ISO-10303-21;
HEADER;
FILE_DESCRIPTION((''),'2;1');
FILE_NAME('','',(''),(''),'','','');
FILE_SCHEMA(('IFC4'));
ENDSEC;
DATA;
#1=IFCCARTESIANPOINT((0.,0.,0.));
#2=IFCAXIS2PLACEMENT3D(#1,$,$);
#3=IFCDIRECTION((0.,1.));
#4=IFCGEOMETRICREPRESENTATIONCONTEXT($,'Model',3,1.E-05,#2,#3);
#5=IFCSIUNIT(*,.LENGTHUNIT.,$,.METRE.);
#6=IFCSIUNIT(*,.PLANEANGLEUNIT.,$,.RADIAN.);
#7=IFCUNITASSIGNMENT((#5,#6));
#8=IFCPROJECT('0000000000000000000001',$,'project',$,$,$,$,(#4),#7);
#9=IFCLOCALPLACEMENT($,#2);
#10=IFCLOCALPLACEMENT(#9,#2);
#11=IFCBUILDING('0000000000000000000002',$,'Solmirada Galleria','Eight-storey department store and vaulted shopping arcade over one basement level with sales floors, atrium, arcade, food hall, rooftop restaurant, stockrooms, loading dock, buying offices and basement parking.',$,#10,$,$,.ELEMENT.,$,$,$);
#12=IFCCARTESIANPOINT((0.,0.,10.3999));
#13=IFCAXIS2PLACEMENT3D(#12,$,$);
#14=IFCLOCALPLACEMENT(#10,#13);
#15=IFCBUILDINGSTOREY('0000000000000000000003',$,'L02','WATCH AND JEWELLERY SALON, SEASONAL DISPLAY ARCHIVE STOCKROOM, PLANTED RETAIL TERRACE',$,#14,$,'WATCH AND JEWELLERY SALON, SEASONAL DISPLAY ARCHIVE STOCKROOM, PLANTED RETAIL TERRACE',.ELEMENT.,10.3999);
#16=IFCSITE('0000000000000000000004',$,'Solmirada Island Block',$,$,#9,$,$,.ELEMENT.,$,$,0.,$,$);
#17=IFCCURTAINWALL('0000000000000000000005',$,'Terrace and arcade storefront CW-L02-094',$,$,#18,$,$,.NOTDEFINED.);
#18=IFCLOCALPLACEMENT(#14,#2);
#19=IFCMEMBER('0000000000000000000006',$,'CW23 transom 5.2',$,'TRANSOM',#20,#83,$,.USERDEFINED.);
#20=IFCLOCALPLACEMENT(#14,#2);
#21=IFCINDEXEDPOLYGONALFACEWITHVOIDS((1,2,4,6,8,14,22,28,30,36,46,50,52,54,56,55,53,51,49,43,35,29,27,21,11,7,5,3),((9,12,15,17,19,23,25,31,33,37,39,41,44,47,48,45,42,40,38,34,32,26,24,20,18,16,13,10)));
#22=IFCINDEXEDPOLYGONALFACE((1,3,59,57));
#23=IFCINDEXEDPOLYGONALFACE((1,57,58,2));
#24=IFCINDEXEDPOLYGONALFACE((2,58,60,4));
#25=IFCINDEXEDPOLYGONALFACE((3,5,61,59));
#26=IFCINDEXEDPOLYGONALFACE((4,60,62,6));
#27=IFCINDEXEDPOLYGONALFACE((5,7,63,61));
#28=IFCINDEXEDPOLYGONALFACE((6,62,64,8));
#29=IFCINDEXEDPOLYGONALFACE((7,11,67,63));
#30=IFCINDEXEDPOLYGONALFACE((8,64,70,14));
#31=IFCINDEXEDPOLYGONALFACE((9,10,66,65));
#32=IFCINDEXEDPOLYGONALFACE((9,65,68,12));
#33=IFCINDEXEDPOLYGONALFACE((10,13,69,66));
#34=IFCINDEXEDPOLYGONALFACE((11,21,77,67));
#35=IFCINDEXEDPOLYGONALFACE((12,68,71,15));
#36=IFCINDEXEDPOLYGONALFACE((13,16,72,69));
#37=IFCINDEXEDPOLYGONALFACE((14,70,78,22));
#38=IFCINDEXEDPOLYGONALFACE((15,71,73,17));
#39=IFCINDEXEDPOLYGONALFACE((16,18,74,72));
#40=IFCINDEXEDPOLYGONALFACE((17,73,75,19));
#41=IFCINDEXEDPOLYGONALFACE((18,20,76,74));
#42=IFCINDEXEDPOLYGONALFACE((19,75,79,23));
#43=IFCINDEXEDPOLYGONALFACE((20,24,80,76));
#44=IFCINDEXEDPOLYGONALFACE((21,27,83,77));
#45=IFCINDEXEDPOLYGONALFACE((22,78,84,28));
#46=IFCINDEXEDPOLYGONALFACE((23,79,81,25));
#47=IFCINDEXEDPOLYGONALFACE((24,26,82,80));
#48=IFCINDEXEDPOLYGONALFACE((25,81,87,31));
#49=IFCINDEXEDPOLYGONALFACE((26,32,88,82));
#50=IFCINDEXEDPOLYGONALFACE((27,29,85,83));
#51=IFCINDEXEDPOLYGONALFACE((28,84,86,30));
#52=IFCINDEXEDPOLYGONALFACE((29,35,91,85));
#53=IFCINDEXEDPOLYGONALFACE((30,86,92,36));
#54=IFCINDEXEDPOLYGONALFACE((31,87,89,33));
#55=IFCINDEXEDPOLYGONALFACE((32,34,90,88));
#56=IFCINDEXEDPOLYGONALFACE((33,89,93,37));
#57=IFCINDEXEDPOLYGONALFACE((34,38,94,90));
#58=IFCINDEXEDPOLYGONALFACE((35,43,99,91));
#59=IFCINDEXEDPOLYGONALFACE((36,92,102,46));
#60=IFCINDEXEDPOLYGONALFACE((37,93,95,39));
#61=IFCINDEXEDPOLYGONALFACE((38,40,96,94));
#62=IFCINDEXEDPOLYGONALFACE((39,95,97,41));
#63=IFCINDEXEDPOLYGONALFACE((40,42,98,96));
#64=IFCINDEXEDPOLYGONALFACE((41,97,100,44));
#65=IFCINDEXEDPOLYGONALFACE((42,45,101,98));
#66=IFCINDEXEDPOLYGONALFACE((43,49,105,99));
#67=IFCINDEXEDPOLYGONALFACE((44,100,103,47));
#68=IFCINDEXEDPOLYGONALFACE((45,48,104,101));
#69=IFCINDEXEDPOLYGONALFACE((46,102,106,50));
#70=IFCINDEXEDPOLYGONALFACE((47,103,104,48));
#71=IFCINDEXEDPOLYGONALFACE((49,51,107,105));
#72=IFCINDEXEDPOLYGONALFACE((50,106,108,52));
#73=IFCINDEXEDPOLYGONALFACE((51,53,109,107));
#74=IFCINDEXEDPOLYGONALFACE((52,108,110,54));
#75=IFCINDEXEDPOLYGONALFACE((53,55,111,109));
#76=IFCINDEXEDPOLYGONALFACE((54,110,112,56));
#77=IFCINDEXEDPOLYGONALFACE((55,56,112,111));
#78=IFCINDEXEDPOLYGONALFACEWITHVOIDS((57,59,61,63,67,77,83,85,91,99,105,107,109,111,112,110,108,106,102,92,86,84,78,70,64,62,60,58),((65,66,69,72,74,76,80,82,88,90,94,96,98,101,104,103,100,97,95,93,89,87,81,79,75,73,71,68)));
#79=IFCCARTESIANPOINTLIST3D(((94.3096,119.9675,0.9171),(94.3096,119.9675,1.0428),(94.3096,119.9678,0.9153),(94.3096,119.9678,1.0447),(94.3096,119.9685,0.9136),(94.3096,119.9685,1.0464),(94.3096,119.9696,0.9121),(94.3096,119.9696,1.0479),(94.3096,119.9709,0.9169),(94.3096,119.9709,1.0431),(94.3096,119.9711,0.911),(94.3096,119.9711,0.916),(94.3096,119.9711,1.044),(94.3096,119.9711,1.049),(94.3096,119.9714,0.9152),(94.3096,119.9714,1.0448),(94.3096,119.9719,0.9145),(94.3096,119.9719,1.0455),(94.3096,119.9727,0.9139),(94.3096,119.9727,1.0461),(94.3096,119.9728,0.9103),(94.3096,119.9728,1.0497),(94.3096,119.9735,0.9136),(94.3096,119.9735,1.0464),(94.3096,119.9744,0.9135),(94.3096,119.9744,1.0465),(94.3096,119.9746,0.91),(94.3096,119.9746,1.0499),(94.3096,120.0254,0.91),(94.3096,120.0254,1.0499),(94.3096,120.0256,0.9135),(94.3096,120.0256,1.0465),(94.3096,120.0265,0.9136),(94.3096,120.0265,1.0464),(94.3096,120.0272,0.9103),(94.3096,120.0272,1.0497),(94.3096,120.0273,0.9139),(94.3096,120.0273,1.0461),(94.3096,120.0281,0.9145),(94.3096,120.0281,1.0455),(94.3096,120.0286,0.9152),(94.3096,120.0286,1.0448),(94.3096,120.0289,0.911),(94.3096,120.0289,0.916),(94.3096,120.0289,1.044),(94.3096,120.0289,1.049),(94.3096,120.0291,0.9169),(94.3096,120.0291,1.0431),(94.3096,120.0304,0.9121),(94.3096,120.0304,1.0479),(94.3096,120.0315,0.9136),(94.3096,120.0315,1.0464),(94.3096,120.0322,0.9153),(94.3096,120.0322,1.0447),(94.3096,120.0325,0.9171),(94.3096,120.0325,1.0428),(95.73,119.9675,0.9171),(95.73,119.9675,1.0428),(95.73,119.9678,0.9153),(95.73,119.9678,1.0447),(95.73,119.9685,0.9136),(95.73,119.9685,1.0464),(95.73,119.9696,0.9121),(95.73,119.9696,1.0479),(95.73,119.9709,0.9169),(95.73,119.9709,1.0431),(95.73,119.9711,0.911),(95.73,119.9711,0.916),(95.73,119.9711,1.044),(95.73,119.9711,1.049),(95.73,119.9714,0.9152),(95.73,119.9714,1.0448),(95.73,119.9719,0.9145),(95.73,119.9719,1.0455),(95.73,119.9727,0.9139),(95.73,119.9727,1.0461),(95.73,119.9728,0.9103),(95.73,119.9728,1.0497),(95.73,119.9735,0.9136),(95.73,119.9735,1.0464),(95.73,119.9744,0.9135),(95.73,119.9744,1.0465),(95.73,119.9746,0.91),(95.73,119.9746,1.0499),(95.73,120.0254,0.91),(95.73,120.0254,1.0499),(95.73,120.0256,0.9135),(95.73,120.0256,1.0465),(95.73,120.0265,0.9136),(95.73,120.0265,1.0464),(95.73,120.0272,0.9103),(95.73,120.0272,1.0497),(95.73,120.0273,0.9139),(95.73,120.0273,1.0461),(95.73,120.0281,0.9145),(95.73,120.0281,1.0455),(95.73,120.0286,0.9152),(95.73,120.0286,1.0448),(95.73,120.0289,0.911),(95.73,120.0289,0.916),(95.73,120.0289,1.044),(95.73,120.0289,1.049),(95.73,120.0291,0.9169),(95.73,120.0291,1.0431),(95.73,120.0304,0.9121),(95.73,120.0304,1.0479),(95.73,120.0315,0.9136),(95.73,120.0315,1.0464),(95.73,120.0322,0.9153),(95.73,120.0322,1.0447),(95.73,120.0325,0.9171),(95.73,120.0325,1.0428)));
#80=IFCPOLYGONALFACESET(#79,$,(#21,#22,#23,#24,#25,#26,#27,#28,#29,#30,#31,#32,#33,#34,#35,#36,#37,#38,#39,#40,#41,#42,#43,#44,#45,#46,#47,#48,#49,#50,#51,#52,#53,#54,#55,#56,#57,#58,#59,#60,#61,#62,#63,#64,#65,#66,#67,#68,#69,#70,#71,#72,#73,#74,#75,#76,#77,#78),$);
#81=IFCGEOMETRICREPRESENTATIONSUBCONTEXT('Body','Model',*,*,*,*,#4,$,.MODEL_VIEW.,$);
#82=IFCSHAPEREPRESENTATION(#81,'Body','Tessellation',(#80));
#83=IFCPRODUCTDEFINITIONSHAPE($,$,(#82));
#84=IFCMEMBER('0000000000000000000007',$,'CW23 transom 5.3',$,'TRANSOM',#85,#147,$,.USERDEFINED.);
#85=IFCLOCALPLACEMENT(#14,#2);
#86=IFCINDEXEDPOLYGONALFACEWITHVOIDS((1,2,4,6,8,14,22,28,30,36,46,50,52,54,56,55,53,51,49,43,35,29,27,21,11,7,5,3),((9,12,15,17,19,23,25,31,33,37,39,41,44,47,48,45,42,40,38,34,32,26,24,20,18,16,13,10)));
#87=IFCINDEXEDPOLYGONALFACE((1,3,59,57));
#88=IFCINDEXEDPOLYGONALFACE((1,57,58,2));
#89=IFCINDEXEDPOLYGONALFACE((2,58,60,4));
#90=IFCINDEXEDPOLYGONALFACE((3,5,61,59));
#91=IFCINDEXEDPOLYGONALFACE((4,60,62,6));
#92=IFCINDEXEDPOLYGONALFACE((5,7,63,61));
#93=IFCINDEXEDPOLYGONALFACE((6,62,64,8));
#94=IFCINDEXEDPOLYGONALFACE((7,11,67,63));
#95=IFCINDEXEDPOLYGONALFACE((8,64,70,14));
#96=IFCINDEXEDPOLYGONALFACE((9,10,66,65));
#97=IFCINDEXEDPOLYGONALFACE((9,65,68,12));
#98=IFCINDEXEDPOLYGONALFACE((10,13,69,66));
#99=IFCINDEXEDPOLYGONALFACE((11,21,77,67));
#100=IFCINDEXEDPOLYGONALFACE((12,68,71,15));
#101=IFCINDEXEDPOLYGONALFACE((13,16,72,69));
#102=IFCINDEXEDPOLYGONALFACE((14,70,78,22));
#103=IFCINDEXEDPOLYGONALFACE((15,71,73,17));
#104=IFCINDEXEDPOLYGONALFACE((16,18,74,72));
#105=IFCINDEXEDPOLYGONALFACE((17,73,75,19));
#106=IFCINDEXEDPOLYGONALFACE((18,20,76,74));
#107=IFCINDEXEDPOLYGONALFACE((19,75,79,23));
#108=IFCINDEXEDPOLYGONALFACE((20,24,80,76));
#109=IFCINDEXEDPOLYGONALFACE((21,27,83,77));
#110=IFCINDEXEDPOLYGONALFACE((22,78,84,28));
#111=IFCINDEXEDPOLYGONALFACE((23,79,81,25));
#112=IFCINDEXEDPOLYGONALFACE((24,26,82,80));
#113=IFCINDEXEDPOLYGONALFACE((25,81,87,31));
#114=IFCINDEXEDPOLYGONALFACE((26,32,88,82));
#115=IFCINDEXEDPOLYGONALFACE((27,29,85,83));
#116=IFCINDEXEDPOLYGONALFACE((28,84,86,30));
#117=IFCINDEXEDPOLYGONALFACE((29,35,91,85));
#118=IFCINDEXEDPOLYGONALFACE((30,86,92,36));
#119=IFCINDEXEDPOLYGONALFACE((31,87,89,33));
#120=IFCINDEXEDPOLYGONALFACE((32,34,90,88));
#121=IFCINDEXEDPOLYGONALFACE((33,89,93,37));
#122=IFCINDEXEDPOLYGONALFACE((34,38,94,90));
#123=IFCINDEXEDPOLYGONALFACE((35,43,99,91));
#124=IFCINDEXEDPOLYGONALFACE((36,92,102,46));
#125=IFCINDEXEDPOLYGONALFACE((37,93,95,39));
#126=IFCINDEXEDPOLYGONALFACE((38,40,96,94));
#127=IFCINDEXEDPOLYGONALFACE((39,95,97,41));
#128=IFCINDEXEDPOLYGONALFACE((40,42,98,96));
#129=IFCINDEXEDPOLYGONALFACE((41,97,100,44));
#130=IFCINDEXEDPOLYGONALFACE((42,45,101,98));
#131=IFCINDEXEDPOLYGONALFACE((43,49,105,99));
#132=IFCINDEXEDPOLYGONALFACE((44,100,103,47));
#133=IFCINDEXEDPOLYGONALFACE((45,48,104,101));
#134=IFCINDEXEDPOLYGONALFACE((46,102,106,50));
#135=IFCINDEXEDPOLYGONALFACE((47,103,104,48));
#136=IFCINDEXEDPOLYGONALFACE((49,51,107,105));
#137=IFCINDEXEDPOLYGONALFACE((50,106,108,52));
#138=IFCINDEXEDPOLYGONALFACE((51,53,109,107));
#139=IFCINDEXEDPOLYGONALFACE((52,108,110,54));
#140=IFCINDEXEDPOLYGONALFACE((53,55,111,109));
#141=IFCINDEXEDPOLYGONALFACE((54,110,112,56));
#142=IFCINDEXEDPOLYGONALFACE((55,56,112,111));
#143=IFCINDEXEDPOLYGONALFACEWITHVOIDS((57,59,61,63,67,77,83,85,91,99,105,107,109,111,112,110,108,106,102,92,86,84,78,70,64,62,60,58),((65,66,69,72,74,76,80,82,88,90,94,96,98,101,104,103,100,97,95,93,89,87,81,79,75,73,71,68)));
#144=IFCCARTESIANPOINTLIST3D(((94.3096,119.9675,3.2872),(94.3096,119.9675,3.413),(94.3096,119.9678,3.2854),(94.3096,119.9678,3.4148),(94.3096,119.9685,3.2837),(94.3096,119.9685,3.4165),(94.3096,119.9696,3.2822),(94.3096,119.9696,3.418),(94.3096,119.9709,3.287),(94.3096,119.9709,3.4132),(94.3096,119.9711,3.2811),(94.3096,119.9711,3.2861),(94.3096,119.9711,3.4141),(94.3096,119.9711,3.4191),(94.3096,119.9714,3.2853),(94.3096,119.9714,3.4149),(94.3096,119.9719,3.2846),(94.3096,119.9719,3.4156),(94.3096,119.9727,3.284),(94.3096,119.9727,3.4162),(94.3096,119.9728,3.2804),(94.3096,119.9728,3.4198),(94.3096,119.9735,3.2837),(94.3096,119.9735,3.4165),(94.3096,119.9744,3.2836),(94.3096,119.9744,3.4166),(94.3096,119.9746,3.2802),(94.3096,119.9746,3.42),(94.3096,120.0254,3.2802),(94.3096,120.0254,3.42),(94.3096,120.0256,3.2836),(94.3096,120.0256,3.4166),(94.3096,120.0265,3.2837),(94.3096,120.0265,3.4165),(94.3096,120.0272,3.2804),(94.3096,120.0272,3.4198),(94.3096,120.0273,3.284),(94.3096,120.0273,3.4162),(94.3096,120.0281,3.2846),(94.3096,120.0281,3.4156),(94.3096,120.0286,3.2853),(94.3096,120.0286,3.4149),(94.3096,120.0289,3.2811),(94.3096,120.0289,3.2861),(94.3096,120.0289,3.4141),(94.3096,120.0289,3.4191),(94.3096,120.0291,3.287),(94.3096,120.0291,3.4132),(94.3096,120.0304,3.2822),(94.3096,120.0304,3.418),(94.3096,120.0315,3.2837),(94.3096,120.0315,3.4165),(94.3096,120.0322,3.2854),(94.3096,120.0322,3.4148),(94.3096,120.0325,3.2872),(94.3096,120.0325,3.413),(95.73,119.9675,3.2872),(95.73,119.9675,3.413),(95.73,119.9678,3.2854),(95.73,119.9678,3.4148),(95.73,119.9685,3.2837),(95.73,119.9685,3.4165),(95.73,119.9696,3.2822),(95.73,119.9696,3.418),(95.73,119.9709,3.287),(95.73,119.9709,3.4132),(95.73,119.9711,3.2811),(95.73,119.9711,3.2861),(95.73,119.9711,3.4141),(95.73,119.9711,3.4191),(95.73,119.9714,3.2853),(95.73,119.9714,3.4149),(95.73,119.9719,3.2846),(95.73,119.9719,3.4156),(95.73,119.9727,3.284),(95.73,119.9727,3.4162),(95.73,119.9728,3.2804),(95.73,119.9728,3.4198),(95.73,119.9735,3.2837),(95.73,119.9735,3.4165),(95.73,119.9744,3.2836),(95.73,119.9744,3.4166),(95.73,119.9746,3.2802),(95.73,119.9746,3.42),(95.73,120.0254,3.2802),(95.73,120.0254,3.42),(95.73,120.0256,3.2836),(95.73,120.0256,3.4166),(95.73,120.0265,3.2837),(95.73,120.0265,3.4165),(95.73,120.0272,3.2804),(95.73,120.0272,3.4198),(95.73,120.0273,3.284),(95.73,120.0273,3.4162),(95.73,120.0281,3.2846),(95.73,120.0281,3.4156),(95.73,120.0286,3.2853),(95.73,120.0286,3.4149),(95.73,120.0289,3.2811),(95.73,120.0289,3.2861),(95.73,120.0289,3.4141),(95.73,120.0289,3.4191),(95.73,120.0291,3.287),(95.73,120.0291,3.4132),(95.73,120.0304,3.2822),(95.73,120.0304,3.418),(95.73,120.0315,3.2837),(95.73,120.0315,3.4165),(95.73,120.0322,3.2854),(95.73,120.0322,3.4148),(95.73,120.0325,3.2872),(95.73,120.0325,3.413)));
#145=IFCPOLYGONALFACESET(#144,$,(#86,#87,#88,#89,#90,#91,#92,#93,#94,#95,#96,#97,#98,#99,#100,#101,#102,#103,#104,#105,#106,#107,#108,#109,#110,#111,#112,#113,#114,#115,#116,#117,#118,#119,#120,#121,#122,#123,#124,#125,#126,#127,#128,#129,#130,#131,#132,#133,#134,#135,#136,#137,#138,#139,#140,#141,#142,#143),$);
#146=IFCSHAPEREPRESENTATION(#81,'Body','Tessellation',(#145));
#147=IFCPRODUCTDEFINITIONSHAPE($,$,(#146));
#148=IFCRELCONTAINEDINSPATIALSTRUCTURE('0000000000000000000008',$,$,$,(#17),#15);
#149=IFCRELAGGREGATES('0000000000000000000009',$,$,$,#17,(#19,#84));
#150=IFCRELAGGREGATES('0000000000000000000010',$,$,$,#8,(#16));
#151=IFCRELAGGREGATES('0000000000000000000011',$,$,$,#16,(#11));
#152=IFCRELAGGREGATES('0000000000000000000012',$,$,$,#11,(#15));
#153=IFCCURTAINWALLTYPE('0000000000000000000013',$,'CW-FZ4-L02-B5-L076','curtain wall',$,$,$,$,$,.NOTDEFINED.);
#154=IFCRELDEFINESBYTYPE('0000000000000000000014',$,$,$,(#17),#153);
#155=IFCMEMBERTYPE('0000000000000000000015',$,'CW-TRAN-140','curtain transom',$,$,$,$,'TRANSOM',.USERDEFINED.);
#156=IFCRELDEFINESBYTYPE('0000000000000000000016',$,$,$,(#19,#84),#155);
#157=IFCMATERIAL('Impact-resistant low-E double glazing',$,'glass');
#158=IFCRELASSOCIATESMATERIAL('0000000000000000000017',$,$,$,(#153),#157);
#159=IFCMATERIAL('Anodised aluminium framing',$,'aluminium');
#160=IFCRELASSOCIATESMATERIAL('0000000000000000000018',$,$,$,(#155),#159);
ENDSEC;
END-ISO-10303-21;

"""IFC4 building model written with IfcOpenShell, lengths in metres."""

from ifc_helpers import new_model, si_unit, direction, frame, origin, origin_2d, place, context, subcontext, project, spatial, hollow_rectangle, extrude, material, material_profile, profile_set, type_object, element, aggregate, save


model = new_model("IFC4")

# Units and contexts
model_context = context("Model", 3, precision=1e-05, world=origin(), true_north=direction((0.0, 1.0)))
body_context = subcontext(model_context, "Body", "Model", "MODEL_VIEW")
ifc_project = project(units=[si_unit("LENGTHUNIT", "METRE"), si_unit("PLANEANGLEUNIT", "RADIAN")], contexts=[model_context])

# Site, building, storey
site_placement = place(None, origin())
site = spatial("IfcSite", under=ifc_project, at=site_placement, Name="Solmirada Island Block", CompositionType="ELEMENT", RefElevation=0.0)
building_placement = place(site_placement, origin())
building = spatial("IfcBuilding", under=site, at=building_placement, Name="Solmirada Galleria", Description="Eight-storey department store and vaulted shopping arcade over one basement level with sales floors, atrium, arcade, food hall, rooftop restaurant, stockrooms, loading dock, buying offices and basement parking.", CompositionType="ELEMENT")
storey_placement = place(building_placement, frame((0.0, 0.0, 10.3999)))
storey = spatial("IfcBuildingStorey", under=building, at=storey_placement, Name="L02", Description="WATCH AND JEWELLERY SALON, SEASONAL DISPLAY ARCHIVE STOCKROOM, PLANTED RETAIL TERRACE", LongName="WATCH AND JEWELLERY SALON, SEASONAL DISPLAY ARCHIVE STOCKROOM, PLANTED RETAIL TERRACE", CompositionType="ELEMENT", Elevation=10.3999)

# Curtain wall
ifc_material_1 = material(Name="Impact-resistant low-E double glazing", Category="glass")
curtain_wall_type = type_object("IfcCurtainWallType", Name="CW-FZ4-L02-B5-L076", Description="curtain wall", PredefinedType="NOTDEFINED", material=ifc_material_1)
curtain_wall_1_placement = place(storey_placement, origin())
curtain_wall_1 = element("IfcCurtainWall", 1, at=curtain_wall_1_placement, inside=storey, type_object=curtain_wall_type, Name="Terrace and arcade storefront CW-L02-094", PredefinedType="NOTDEFINED")
ifc_material_2 = material(Name="Anodised aluminium framing", Category="aluminium")

# Members
ifc_material_profile_1 = material_profile(ifc_material_2, hollow_rectangle(XDim=0.0649, YDim=0.1399, WallThickness=0.0034, InnerFilletRadius=0.0034, OuterFilletRadius=0.0071, at=origin_2d()), Name="ALU-TRAN-140X65")
ifc_profile_set_1 = profile_set([ifc_material_profile_1], Name="Anodised aluminium framing")
member_type_1 = type_object("IfcMemberType", Name="CW-TRAN-140", Description="curtain transom", ElementType="TRANSOM", PredefinedType="USERDEFINED", material=ifc_profile_set_1)
member_1_placement = place(storey_placement, frame((94.3096, 120.0, 0.98), z_axis=(1.0, 0.0, 0.0), x_axis=(0.0, 1.0, 0.0)))
member_1 = element("IfcMember", 2, at=member_1_placement, type_object=member_type_1, Name="CW23 transom 5.2", ObjectType="TRANSOM", PredefinedType="USERDEFINED", context=body_context, shape_type="SweptSolid", body=[
    extrude(hollow_rectangle(XDim=0.0649, YDim=0.1399, WallThickness=0.0034, InnerFilletRadius=0.0034, OuterFilletRadius=0.0071, at=origin_2d()), origin(), (0.0, 0.0, 1.0), 1.4204),
])
member_2_placement = place(storey_placement, frame((94.3096, 120.0, 3.3501), z_axis=(1.0, 0.0, 0.0), x_axis=(0.0, 1.0, 0.0)))
member_2 = element("IfcMember", 3, at=member_2_placement, type_object=member_type_1, Name="CW23 transom 5.3", ObjectType="TRANSOM", PredefinedType="USERDEFINED", context=body_context, shape_type="SweptSolid", body=[
    extrude(hollow_rectangle(XDim=0.0649, YDim=0.1399, WallThickness=0.0034, InnerFilletRadius=0.0034, OuterFilletRadius=0.0071, at=origin_2d()), origin(), (0.0, 0.0, 1.0), 1.4204),
])

aggregate(curtain_wall_1, [member_1, member_2])

save(model, "model.ifc")
